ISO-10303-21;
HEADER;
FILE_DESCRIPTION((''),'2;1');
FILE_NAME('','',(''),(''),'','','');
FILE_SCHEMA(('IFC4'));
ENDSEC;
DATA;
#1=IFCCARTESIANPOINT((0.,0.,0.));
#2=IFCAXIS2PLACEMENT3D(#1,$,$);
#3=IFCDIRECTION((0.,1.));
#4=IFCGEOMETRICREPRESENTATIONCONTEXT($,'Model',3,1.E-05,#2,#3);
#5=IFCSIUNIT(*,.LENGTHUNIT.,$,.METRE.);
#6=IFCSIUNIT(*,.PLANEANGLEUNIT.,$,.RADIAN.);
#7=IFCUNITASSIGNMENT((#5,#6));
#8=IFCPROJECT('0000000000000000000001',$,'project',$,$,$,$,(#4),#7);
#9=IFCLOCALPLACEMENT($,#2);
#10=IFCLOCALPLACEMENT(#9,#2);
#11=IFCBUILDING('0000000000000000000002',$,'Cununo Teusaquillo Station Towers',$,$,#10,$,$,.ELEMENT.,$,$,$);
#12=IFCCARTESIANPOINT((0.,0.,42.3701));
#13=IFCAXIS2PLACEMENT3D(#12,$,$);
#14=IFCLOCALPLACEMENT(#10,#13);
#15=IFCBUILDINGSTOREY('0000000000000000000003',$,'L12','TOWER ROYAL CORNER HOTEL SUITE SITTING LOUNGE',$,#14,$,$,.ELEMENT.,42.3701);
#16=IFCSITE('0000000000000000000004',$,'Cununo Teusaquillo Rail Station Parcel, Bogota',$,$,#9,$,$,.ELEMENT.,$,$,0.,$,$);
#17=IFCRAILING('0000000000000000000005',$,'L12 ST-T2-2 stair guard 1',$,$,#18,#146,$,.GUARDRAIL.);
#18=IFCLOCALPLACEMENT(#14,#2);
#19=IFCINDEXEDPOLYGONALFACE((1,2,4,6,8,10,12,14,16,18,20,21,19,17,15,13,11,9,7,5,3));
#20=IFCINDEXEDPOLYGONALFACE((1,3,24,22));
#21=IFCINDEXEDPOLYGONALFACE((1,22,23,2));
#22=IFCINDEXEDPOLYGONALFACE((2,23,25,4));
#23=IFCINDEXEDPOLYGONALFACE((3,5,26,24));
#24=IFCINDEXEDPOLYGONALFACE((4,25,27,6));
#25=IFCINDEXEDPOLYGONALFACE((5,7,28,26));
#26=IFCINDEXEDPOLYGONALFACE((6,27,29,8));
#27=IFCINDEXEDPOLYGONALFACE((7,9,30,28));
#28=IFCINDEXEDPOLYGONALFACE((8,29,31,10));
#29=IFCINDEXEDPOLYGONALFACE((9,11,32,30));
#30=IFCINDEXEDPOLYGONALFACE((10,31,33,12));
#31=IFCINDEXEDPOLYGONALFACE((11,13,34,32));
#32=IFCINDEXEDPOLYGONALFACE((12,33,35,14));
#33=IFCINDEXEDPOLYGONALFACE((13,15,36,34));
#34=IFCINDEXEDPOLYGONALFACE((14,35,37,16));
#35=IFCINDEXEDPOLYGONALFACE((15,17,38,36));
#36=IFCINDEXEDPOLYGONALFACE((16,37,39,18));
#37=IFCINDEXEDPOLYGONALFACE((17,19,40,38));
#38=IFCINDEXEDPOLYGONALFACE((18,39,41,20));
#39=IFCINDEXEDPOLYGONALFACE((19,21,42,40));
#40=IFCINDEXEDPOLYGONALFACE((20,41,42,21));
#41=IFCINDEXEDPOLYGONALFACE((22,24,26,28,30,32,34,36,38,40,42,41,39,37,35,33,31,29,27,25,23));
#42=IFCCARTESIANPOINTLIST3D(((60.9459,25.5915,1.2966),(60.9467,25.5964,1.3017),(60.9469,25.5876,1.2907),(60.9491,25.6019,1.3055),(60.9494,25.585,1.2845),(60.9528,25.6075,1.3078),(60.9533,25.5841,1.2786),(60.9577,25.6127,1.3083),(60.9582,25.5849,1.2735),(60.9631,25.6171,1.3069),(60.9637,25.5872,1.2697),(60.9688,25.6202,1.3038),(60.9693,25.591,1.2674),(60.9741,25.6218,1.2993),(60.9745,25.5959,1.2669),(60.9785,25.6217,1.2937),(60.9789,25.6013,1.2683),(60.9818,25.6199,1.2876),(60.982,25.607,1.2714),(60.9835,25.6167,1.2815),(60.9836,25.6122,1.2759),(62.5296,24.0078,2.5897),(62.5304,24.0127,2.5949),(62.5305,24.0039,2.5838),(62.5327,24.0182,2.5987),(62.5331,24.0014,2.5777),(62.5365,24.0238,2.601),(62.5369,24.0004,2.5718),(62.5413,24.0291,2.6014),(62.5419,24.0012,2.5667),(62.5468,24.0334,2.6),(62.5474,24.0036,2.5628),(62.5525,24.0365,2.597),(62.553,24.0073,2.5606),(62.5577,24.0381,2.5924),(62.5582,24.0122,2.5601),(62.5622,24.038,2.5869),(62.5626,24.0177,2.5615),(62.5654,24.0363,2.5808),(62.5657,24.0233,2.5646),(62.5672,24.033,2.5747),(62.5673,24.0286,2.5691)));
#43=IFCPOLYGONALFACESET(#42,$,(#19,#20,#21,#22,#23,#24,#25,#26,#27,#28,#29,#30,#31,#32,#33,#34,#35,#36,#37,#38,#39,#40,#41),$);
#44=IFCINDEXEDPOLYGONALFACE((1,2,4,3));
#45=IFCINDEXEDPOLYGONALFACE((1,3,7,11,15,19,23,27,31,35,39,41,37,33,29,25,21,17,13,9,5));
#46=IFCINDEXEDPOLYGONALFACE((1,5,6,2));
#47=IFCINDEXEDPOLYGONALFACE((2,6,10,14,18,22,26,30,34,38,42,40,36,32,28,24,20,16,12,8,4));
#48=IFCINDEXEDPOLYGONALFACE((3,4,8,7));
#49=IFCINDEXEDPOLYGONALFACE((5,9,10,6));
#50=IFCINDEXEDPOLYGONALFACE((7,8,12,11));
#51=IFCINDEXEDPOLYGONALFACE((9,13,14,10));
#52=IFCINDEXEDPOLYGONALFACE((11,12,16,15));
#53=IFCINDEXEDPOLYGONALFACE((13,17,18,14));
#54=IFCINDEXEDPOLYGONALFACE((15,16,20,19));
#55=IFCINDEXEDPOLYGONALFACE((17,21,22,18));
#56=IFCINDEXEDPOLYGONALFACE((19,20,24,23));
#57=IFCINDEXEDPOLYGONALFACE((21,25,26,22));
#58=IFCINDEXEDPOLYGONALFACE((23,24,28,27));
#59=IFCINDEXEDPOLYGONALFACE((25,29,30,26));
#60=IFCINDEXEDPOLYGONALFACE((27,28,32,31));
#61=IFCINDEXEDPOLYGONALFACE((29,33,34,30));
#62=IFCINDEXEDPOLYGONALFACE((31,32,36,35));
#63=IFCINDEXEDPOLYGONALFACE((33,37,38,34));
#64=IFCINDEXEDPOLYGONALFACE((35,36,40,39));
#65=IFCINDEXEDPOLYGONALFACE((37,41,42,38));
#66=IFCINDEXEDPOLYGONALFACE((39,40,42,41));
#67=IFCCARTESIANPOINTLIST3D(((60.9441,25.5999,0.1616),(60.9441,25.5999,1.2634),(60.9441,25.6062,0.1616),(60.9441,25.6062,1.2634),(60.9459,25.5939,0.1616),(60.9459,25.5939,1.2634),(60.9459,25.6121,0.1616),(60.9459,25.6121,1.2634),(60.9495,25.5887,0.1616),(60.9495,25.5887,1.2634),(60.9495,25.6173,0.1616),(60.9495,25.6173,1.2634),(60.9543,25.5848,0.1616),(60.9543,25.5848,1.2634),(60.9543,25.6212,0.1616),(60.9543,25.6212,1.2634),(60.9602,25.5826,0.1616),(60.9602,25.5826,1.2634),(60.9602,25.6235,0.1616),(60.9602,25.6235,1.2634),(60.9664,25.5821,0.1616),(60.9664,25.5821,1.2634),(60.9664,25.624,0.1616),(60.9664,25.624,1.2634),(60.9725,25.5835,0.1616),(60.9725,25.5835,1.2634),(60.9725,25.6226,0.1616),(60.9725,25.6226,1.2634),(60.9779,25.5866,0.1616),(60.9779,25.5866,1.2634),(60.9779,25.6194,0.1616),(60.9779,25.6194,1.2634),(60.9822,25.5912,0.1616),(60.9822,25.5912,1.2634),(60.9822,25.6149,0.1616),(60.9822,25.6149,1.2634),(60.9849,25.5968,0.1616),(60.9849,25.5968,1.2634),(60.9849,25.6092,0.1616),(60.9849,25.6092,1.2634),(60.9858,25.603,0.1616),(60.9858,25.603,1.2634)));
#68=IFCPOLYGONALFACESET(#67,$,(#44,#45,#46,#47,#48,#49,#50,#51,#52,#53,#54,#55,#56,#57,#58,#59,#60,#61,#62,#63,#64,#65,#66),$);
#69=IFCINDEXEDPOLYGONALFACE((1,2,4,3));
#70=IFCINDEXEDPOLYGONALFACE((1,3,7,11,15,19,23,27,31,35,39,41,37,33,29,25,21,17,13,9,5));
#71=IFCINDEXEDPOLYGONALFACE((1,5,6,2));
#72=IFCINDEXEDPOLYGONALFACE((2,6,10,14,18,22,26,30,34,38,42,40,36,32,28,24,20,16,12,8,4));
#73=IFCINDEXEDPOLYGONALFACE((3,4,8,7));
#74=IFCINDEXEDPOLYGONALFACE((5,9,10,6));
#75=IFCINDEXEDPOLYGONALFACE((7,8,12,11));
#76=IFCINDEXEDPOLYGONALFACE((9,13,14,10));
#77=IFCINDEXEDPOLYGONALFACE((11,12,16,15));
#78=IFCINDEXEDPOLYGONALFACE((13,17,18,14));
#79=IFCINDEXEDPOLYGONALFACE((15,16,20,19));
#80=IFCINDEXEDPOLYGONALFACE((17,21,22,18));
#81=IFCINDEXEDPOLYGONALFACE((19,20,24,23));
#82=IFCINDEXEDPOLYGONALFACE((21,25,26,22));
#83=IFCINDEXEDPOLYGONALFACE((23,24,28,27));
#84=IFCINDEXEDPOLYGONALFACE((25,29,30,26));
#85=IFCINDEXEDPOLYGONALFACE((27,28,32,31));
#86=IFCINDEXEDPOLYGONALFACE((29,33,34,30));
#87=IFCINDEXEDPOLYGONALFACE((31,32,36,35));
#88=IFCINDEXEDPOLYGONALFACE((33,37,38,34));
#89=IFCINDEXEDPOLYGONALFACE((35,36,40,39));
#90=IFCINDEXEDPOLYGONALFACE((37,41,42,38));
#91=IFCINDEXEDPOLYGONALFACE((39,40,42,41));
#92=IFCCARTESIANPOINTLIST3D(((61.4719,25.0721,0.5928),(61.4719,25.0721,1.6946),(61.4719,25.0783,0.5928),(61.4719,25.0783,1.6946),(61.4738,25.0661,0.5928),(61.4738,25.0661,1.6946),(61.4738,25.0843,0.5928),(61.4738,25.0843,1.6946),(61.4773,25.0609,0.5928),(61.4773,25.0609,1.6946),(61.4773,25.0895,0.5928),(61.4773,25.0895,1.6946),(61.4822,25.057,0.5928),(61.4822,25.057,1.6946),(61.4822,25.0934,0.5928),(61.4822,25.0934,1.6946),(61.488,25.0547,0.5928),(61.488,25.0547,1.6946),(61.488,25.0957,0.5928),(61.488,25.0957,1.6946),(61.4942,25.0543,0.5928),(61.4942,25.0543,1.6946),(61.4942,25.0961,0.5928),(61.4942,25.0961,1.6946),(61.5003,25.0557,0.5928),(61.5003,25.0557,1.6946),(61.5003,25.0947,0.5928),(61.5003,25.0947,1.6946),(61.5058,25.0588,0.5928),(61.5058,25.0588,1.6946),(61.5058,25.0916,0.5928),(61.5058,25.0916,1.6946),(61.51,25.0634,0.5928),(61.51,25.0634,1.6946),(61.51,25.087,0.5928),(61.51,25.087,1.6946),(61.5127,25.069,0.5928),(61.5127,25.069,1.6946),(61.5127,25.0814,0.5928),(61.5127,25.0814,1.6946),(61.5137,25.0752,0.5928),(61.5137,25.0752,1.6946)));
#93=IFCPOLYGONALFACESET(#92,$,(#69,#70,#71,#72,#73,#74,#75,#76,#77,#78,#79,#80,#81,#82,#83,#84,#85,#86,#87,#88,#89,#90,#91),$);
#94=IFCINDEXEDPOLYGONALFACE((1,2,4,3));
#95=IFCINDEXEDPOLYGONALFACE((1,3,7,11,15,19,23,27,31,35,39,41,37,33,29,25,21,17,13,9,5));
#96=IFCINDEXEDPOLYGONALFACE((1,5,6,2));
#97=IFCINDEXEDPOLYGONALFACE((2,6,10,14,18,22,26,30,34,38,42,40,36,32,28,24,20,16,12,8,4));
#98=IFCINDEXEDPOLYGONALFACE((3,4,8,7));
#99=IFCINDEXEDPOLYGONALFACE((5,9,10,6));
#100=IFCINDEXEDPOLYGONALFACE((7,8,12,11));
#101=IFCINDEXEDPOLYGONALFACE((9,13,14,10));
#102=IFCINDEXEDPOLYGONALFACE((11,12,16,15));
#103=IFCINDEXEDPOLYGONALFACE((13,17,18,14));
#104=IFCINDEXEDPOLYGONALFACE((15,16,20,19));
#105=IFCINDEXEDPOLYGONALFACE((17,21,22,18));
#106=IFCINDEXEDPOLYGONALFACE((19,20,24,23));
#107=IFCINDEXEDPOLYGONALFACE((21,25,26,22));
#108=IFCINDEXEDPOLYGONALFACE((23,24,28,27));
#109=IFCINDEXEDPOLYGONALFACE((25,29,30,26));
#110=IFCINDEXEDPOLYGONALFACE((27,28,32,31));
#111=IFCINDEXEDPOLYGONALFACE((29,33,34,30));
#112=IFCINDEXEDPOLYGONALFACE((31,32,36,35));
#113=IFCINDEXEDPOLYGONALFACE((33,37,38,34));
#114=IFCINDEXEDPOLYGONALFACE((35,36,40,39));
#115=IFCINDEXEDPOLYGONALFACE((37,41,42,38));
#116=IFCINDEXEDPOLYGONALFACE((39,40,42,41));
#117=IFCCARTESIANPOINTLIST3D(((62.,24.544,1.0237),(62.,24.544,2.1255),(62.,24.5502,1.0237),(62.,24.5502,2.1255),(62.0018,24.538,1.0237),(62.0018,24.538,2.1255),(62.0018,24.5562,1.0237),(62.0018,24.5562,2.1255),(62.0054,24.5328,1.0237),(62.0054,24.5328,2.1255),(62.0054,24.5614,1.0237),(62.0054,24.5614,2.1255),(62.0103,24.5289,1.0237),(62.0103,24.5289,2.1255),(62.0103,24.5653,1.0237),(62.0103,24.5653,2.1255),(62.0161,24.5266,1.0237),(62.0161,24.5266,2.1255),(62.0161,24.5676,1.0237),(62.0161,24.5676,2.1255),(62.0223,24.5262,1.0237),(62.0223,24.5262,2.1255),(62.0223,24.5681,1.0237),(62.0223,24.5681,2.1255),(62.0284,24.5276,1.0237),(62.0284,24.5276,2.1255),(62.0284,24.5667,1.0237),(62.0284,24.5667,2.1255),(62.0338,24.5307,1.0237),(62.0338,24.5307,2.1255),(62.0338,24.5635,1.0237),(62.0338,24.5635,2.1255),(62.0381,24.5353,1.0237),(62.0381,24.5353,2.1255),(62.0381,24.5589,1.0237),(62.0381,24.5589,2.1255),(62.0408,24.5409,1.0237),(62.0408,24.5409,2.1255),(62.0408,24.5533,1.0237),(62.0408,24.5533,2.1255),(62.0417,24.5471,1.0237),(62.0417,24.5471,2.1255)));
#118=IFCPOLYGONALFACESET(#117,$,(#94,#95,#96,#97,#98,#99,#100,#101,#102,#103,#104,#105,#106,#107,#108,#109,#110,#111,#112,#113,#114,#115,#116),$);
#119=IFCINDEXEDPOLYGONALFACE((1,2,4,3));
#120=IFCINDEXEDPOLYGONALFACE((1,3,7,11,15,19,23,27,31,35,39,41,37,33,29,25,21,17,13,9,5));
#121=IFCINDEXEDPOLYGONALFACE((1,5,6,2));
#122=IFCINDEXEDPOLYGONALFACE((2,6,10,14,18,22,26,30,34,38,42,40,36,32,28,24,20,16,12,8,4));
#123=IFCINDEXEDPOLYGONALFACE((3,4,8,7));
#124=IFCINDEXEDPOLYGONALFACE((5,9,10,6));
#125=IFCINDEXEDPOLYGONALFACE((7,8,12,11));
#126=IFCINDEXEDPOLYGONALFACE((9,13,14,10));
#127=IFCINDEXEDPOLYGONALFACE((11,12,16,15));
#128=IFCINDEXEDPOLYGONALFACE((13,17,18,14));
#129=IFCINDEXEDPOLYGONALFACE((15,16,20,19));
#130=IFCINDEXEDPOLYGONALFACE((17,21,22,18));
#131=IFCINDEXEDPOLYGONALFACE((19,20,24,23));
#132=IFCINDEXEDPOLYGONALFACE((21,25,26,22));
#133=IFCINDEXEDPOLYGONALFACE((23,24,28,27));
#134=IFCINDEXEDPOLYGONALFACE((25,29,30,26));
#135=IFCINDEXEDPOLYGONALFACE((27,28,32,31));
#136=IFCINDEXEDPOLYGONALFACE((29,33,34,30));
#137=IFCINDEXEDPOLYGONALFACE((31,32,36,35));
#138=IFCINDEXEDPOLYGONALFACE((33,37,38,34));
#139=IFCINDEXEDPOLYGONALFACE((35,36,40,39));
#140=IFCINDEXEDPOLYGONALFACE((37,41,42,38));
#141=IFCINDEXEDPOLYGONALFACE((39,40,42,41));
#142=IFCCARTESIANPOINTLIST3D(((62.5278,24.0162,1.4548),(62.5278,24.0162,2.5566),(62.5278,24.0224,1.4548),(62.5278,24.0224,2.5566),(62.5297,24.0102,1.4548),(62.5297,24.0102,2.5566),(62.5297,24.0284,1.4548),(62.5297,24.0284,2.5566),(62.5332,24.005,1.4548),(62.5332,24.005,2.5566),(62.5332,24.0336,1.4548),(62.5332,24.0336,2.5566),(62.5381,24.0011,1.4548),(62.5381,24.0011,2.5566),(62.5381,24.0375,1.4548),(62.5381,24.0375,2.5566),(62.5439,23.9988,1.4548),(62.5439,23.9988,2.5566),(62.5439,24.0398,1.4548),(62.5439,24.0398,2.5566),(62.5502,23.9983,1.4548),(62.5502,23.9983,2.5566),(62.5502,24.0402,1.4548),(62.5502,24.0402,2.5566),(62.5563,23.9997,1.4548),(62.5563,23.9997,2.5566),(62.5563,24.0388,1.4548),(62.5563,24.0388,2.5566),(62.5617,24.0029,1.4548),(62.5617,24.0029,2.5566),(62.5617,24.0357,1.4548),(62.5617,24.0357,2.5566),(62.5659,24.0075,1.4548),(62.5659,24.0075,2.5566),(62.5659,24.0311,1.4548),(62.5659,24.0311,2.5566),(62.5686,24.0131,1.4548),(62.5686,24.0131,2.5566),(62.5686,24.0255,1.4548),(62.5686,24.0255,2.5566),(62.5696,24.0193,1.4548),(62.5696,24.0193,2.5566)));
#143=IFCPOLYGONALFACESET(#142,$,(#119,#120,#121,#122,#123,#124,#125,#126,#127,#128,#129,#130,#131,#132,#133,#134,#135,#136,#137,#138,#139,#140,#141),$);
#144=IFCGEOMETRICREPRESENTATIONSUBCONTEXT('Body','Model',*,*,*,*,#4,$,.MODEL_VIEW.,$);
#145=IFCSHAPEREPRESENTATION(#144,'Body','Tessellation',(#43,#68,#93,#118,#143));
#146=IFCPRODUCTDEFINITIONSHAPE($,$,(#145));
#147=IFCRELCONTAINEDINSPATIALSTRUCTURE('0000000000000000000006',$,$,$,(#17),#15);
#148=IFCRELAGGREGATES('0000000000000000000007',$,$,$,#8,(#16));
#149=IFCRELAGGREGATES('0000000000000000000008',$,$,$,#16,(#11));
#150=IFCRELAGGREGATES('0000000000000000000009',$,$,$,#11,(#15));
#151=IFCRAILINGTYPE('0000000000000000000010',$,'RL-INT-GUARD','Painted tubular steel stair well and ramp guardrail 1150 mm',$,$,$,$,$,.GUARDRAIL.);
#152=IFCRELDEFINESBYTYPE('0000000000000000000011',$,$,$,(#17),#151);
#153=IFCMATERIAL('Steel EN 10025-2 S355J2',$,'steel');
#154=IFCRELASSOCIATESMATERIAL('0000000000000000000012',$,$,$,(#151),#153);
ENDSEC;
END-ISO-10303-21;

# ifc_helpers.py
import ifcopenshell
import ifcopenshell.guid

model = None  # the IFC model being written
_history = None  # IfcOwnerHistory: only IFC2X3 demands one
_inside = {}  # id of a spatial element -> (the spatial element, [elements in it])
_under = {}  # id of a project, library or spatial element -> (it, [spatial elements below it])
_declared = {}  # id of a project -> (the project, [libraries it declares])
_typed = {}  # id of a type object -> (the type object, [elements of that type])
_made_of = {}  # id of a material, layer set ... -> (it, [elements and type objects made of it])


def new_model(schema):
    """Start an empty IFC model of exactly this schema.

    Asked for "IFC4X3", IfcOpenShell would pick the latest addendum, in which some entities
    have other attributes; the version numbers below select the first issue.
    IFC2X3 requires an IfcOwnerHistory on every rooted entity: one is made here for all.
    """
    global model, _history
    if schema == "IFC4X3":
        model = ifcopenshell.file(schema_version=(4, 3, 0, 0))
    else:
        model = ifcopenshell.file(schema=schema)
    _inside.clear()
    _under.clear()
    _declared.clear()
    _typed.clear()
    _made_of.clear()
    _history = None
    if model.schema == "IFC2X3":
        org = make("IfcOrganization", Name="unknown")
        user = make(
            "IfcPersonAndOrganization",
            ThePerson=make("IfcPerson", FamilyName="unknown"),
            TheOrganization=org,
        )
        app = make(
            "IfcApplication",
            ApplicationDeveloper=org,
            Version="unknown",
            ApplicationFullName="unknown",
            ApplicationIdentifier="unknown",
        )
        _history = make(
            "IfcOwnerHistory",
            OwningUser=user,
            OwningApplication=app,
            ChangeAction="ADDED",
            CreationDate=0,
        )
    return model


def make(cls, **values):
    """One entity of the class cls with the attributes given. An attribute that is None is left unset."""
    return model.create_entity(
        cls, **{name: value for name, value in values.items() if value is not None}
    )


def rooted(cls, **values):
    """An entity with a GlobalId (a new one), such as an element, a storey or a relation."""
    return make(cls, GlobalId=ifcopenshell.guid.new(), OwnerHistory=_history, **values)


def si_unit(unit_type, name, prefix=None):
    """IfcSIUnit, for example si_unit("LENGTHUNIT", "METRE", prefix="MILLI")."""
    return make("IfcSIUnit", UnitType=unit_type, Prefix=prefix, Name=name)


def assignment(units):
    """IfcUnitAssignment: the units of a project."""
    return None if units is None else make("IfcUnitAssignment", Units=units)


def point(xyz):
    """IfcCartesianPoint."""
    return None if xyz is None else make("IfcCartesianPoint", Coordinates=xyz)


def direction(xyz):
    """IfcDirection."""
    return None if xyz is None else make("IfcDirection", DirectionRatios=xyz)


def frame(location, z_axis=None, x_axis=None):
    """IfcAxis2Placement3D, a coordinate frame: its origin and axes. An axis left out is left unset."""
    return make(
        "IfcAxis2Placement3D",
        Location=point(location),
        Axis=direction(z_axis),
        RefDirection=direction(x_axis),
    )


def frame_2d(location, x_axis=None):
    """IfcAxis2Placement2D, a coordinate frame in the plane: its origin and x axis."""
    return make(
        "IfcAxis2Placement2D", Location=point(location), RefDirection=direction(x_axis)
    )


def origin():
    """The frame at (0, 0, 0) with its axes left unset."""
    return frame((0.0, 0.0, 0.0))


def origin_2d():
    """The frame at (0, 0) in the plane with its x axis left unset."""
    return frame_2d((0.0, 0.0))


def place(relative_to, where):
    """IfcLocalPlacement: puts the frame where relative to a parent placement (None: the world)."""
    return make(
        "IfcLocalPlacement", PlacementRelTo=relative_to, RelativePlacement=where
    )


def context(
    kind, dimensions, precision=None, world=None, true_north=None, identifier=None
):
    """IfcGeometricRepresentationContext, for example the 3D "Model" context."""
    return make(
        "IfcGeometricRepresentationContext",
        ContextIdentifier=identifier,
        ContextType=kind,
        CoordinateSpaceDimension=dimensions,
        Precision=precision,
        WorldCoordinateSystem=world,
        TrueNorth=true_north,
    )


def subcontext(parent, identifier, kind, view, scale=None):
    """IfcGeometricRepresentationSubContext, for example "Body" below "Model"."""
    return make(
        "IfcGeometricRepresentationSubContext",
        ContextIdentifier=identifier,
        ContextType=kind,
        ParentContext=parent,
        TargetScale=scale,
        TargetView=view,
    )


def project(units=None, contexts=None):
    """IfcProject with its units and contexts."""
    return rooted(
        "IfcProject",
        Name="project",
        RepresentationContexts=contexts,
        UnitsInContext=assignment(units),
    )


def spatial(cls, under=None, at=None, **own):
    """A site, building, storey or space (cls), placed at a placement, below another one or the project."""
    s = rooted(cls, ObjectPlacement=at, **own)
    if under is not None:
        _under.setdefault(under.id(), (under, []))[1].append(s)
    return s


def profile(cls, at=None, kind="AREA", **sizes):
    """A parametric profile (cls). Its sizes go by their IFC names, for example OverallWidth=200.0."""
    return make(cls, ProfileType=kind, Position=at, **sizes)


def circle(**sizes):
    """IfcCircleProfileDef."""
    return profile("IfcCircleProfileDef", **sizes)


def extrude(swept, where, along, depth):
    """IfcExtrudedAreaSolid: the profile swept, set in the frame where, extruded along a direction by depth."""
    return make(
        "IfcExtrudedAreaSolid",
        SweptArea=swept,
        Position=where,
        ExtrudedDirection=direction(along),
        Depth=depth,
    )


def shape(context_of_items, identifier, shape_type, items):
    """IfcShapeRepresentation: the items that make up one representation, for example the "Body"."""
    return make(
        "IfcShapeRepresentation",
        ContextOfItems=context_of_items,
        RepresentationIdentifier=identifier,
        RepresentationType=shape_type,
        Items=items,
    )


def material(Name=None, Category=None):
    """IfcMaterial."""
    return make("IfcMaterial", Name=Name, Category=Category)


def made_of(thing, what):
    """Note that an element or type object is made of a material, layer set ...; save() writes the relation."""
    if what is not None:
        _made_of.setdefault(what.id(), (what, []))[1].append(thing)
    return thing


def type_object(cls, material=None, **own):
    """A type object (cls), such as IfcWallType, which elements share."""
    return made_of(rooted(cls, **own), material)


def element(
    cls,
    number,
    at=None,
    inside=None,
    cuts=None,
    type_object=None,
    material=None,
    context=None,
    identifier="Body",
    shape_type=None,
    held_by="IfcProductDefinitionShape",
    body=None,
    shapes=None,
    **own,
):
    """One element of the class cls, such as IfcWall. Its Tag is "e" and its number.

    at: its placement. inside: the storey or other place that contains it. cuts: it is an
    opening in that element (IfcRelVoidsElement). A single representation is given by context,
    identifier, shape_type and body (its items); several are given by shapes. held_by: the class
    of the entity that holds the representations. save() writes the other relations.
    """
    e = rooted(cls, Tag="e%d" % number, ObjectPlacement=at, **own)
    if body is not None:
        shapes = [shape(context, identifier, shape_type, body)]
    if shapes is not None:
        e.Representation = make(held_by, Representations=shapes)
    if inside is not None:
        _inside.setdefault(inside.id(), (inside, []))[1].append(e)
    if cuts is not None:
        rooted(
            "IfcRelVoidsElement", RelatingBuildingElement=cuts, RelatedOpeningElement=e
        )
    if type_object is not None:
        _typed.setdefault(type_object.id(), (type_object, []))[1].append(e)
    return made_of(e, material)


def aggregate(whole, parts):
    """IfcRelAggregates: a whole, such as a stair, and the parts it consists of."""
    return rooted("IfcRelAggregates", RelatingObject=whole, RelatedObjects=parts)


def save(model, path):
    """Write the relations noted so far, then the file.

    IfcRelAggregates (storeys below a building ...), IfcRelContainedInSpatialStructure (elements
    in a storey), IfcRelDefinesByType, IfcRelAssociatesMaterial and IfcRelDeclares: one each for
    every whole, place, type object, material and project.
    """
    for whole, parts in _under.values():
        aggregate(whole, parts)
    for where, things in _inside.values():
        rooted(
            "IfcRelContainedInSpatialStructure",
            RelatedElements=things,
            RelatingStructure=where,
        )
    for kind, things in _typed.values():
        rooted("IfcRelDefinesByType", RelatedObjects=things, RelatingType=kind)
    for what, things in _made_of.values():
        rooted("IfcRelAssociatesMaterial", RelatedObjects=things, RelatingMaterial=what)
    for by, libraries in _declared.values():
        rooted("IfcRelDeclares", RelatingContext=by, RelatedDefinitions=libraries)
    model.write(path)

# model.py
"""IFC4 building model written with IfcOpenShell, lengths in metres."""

from ifc_helpers import new_model, si_unit, direction, frame, origin, origin_2d, place, context, subcontext, project, spatial, circle, extrude, material, type_object, element, save


model = new_model("IFC4")

# Units and contexts
model_context = context("Model", 3, precision=1e-05, world=origin(), true_north=direction((0.0, 1.0)))
body_context = subcontext(model_context, "Body", "Model", "MODEL_VIEW")
ifc_project = project(units=[si_unit("LENGTHUNIT", "METRE"), si_unit("PLANEANGLEUNIT", "RADIAN")], contexts=[model_context])

# Site, building, storey
site_placement = place(None, origin())
site = spatial("IfcSite", under=ifc_project, at=site_placement, Name="Cununo Teusaquillo Rail Station Parcel, Bogota", CompositionType="ELEMENT", RefElevation=0.0)
building_placement = place(site_placement, origin())
building = spatial("IfcBuilding", under=site, at=building_placement, Name="Cununo Teusaquillo Station Towers", CompositionType="ELEMENT")
storey_placement = place(building_placement, frame((0.0, 0.0, 42.3701)))
storey = spatial("IfcBuildingStorey", under=building, at=storey_placement, Name="L12", Description="TOWER ROYAL CORNER HOTEL SUITE SITTING LOUNGE", CompositionType="ELEMENT", Elevation=42.3701)

# Railing
ifc_material_1 = material(Name="Steel EN 10025-2 S355J2", Category="steel")
railing_type_1 = type_object("IfcRailingType", Name="RL-INT-GUARD", Description="Painted tubular steel stair well and ramp guardrail 1150 mm", PredefinedType="GUARDRAIL", material=ifc_material_1)
railing_1_placement = place(storey_placement, frame((60.9648, 25.603, 0.1616)))
element("IfcRailing", 1, at=railing_1_placement, inside=storey, type_object=railing_type_1, Name="L12 ST-T2-2 stair guard 1", PredefinedType="GUARDRAIL", context=body_context, shape_type="SweptSolid", body=[
    extrude(circle(Radius=0.0239, at=origin_2d()), frame((0.0, 0.0, 1.126), z_axis=(0.612361, -0.612361, 0.500027), x_axis=(0.707107, 0.707107, 0.0)), (0.0, 0.0, 1.0), 2.5862),
    extrude(circle(Radius=0.021, at=origin_2d()), origin(), (0.0, 0.0, 1.0), 1.1018),
    extrude(circle(Radius=0.021, at=origin_2d()), frame((0.5278, -0.5278, 0.4312)), (0.0, 0.0, 1.0), 1.1018),
    extrude(circle(Radius=0.021, at=origin_2d()), frame((1.0559, -1.0559, 0.8621)), (0.0, 0.0, 1.0), 1.1018),
    extrude(circle(Radius=0.021, at=origin_2d()), frame((1.5837, -1.5837, 1.2932)), (0.0, 0.0, 1.0), 1.1018),
])

save(model, "model.ifc")
